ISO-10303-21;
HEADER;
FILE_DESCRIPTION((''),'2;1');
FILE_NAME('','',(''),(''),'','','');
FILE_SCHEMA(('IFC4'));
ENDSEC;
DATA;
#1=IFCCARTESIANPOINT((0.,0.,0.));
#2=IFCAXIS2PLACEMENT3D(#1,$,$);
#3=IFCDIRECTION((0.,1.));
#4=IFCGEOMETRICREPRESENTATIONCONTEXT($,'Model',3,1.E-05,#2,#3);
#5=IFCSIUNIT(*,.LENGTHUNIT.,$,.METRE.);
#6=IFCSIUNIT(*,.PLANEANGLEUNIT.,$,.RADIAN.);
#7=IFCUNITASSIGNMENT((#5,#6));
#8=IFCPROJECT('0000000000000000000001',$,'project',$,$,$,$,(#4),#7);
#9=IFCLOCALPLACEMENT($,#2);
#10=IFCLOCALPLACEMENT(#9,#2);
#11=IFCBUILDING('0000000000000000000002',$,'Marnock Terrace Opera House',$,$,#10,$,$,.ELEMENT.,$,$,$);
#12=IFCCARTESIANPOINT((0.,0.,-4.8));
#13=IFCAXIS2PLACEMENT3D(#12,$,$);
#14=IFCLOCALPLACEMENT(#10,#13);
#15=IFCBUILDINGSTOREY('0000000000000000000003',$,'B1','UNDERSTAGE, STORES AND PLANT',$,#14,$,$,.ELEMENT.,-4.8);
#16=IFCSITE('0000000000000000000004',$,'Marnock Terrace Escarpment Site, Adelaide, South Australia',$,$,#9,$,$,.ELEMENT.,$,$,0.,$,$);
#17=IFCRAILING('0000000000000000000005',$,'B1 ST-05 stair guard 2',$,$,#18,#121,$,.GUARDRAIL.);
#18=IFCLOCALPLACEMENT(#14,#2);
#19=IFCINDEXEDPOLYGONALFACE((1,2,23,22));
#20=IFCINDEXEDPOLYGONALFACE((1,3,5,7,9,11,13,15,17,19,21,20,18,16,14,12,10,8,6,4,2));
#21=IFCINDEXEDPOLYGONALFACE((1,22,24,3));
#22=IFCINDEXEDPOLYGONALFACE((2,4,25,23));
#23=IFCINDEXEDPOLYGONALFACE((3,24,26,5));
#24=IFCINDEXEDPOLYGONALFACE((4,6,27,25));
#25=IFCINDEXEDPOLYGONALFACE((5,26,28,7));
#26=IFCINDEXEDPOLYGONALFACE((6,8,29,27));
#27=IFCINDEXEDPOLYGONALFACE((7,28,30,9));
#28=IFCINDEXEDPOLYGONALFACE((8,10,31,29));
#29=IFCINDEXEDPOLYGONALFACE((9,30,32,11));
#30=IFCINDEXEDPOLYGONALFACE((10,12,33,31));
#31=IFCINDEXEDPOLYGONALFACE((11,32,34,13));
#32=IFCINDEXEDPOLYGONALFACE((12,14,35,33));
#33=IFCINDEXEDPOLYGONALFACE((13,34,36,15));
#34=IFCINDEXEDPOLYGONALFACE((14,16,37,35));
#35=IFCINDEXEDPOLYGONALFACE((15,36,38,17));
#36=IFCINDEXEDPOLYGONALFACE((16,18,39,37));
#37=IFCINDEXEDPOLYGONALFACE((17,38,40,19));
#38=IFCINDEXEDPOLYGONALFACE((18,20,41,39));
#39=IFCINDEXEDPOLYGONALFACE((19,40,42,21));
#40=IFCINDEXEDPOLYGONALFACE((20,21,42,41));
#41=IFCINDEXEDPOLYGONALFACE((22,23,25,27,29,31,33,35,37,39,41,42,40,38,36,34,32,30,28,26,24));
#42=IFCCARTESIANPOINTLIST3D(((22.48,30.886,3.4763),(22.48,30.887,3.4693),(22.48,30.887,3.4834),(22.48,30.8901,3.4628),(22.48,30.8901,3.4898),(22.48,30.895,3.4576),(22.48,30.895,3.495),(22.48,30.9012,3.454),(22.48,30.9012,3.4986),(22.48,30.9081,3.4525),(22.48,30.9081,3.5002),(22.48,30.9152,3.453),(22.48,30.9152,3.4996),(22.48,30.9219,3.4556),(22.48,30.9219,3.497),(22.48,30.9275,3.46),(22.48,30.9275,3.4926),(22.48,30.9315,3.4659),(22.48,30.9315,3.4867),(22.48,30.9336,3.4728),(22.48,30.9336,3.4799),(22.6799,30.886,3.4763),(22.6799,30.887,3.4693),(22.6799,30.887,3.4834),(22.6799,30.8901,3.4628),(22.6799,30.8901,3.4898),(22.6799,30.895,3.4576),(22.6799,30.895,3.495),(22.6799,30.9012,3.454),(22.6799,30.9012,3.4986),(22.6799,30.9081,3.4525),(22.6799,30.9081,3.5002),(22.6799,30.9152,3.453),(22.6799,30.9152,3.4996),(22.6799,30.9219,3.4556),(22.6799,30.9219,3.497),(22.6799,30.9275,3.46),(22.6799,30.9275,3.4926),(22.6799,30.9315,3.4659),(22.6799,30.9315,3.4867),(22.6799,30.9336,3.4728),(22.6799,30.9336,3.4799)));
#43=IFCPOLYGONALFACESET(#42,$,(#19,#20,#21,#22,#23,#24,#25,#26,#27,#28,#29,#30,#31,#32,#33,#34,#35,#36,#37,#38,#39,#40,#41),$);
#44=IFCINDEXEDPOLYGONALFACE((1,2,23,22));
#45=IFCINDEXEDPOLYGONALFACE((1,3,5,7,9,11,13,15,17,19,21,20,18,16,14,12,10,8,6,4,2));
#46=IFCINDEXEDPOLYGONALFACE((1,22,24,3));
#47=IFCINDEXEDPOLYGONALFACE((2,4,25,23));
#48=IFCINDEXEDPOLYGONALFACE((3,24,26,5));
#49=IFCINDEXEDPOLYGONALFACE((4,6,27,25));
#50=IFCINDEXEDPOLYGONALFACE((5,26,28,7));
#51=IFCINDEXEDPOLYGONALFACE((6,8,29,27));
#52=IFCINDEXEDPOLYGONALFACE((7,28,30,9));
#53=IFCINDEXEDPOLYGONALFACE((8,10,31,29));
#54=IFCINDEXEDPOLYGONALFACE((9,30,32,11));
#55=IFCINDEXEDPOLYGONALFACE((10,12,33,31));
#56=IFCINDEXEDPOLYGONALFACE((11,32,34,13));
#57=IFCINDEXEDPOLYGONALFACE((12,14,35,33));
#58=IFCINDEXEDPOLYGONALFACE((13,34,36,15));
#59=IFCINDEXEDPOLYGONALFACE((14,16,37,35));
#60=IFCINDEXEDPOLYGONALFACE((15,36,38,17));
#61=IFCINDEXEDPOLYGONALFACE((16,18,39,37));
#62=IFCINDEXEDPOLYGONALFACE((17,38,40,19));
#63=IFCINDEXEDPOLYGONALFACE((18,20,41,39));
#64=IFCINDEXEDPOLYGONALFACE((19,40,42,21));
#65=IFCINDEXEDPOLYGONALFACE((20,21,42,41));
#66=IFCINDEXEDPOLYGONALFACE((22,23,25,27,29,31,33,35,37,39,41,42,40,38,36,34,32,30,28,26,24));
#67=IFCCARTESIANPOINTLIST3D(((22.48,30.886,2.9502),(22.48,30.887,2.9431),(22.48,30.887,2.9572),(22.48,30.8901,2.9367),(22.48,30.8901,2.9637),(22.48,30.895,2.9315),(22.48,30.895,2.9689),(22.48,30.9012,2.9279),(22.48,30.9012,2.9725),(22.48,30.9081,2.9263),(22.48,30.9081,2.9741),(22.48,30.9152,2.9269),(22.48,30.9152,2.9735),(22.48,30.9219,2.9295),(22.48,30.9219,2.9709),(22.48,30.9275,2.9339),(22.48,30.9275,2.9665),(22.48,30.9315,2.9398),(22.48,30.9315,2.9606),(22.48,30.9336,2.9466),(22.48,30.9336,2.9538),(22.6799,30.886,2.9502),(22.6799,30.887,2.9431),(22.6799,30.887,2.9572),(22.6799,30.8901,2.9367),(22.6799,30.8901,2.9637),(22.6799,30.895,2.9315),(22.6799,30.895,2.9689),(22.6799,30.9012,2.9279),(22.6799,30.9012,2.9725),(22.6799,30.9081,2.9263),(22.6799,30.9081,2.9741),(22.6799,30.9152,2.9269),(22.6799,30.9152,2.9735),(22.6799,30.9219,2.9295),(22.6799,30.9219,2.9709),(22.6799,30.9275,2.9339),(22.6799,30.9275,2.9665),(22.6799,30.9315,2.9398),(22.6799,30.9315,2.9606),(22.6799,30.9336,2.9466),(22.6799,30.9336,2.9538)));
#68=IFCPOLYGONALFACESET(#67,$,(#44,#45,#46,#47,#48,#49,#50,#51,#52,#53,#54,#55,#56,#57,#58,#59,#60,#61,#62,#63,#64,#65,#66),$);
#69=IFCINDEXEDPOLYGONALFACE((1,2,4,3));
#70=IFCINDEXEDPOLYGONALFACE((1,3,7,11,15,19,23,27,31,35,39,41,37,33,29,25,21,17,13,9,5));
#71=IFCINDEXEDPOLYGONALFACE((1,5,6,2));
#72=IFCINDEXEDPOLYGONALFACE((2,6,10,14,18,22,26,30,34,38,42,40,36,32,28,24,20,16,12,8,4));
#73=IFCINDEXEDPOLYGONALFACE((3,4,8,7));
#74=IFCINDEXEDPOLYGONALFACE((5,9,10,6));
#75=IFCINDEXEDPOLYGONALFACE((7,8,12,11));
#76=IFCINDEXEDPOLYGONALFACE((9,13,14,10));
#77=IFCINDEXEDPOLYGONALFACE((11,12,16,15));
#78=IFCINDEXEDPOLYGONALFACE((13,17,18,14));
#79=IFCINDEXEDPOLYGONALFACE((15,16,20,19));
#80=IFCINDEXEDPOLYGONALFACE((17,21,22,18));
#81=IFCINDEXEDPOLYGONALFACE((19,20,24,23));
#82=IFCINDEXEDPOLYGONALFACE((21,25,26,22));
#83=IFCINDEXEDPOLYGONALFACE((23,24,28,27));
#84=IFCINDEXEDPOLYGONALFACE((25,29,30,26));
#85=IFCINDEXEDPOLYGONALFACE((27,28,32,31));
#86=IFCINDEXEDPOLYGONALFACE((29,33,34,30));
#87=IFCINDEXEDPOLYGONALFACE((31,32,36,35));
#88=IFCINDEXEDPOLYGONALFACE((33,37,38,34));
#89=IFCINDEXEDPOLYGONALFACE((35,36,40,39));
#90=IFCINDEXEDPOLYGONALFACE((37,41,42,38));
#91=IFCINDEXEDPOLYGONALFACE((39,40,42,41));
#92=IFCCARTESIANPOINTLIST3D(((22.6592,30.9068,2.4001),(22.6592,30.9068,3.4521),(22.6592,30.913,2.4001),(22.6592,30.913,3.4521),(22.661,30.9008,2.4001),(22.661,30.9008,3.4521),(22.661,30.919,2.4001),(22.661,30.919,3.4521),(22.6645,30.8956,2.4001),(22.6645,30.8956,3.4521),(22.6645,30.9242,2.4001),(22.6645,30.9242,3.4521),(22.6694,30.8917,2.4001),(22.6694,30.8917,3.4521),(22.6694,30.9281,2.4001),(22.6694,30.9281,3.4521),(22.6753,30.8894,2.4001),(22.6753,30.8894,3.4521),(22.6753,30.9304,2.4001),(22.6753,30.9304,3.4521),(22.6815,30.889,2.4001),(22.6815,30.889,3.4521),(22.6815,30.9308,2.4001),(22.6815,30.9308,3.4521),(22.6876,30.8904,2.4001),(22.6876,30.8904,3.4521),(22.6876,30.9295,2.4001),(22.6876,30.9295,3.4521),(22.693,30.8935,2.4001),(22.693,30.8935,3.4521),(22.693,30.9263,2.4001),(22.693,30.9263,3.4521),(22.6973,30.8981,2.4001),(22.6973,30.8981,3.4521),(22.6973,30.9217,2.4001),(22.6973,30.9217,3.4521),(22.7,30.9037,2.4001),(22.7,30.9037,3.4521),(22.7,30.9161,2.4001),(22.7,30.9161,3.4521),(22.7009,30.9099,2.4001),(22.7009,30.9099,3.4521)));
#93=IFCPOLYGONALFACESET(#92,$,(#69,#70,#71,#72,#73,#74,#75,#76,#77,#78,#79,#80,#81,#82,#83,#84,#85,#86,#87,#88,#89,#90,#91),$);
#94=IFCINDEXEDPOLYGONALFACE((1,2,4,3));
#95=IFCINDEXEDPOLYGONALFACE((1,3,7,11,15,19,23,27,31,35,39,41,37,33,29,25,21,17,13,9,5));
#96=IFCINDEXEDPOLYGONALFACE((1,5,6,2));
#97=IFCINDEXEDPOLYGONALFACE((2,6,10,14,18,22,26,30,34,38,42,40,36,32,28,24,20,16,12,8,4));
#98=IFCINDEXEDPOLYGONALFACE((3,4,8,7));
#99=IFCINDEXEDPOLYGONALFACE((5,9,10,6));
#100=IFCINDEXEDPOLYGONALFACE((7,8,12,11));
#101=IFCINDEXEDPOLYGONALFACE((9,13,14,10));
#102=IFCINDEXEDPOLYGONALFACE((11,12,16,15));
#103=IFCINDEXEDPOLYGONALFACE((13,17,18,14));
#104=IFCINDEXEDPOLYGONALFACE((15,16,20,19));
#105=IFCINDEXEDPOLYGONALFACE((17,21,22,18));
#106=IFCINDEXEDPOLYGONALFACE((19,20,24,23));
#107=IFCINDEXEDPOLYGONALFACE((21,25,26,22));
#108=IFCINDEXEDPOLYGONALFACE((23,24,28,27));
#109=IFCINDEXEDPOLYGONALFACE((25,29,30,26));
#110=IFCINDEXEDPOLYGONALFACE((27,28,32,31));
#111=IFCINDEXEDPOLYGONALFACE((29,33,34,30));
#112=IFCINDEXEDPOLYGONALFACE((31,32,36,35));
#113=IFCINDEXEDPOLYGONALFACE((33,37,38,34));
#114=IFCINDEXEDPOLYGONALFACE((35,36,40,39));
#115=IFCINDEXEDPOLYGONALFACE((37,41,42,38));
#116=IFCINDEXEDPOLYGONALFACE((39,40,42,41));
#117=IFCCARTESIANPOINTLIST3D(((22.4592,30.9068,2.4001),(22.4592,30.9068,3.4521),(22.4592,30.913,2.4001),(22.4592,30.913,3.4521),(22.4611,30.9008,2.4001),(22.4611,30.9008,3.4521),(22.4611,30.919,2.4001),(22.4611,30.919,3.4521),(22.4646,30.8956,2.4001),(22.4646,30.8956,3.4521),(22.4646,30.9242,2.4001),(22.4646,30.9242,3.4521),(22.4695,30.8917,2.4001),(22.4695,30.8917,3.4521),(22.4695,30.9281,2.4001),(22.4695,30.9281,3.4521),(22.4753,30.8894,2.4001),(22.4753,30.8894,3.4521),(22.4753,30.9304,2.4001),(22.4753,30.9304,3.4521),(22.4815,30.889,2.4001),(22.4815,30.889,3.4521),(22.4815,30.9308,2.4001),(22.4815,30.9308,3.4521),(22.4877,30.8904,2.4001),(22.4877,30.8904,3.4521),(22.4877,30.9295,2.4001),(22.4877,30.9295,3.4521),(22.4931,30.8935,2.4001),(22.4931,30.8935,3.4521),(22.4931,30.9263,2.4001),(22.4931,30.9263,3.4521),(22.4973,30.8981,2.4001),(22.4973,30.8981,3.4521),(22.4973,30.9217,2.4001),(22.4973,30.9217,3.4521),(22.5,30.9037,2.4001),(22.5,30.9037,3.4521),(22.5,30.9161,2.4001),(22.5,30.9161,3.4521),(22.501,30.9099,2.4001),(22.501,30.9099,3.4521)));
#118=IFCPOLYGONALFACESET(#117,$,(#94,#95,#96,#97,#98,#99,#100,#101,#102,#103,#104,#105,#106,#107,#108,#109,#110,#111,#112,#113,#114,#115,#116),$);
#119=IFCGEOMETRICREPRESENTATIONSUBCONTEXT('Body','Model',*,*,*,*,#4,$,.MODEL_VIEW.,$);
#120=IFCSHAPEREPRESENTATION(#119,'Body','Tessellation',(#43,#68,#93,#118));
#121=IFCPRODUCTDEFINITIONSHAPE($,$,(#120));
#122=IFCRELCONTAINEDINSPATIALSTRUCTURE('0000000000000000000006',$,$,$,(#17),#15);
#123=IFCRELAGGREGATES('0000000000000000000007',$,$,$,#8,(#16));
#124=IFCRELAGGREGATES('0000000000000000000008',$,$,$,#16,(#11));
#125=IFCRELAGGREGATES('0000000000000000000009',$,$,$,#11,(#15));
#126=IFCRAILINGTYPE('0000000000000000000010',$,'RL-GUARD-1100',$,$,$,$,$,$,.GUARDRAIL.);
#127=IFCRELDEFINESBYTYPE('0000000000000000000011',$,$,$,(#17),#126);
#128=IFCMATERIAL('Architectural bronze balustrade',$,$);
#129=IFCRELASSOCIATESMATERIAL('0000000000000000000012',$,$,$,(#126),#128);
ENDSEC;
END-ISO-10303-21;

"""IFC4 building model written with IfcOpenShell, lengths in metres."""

from ifc_helpers import new_model, si_unit, direction, frame, origin, origin_2d, place, context, subcontext, project, spatial, circle, extrude, material, type_object, element, save


model = new_model("IFC4")

# Units and contexts
model_context = context("Model", 3, precision=1e-05, world=origin(), true_north=direction((0.0, 1.0)))
body_context = subcontext(model_context, "Body", "Model", "MODEL_VIEW")
ifc_project = project(units=[si_unit("LENGTHUNIT", "METRE"), si_unit("PLANEANGLEUNIT", "RADIAN")], contexts=[model_context])

# Site, building, storey
site_placement = place(None, origin())
site = spatial("IfcSite", under=ifc_project, at=site_placement, Name="Marnock Terrace Escarpment Site, Adelaide, South Australia", CompositionType="ELEMENT", RefElevation=0.0)
building_placement = place(site_placement, origin())
building = spatial("IfcBuilding", under=site, at=building_placement, Name="Marnock Terrace Opera House", CompositionType="ELEMENT")
storey_placement = place(building_placement, frame((0.0, 0.0, -4.8)))
storey = spatial("IfcBuildingStorey", under=building, at=storey_placement, Name="B1", Description="UNDERSTAGE, STORES AND PLANT", CompositionType="ELEMENT", Elevation=-4.8)

# Railing
ifc_material_1 = material(Name="Architectural bronze balustrade")
railing_type_1 = type_object("IfcRailingType", Name="RL-GUARD-1100", PredefinedType="GUARDRAIL", material=ifc_material_1)
railing_1_placement = place(storey_placement, frame((22.6799, 30.9099, 2.4001)))
element("IfcRailing", 1, at=railing_1_placement, inside=storey, type_object=railing_type_1, Name="B1 ST-05 stair guard 2", PredefinedType="GUARDRAIL", context=body_context, shape_type="SweptSolid", body=[
    extrude(circle(Radius=0.0239, at=origin_2d()), frame((0.0, 0.0, 1.0762), z_axis=(-1.0, 0.0, 0.0), x_axis=(0.0, -1.0, 0.0)), (0.0, 0.0, 1.0), 0.2),
    extrude(circle(Radius=0.0239, at=origin_2d()), frame((0.0, 0.0, 0.55), z_axis=(-1.0, 0.0, 0.0), x_axis=(0.0, -1.0, 0.0)), (0.0, 0.0, 1.0), 0.2),
    extrude(circle(Radius=0.021, at=origin_2d()), origin(), (0.0, 0.0, 1.0), 1.052),
    extrude(circle(Radius=0.021, at=origin_2d()), frame((-0.2, 0.0, 0.0)), (0.0, 0.0, 1.0), 1.052),
])

save(model, "model.ifc")
